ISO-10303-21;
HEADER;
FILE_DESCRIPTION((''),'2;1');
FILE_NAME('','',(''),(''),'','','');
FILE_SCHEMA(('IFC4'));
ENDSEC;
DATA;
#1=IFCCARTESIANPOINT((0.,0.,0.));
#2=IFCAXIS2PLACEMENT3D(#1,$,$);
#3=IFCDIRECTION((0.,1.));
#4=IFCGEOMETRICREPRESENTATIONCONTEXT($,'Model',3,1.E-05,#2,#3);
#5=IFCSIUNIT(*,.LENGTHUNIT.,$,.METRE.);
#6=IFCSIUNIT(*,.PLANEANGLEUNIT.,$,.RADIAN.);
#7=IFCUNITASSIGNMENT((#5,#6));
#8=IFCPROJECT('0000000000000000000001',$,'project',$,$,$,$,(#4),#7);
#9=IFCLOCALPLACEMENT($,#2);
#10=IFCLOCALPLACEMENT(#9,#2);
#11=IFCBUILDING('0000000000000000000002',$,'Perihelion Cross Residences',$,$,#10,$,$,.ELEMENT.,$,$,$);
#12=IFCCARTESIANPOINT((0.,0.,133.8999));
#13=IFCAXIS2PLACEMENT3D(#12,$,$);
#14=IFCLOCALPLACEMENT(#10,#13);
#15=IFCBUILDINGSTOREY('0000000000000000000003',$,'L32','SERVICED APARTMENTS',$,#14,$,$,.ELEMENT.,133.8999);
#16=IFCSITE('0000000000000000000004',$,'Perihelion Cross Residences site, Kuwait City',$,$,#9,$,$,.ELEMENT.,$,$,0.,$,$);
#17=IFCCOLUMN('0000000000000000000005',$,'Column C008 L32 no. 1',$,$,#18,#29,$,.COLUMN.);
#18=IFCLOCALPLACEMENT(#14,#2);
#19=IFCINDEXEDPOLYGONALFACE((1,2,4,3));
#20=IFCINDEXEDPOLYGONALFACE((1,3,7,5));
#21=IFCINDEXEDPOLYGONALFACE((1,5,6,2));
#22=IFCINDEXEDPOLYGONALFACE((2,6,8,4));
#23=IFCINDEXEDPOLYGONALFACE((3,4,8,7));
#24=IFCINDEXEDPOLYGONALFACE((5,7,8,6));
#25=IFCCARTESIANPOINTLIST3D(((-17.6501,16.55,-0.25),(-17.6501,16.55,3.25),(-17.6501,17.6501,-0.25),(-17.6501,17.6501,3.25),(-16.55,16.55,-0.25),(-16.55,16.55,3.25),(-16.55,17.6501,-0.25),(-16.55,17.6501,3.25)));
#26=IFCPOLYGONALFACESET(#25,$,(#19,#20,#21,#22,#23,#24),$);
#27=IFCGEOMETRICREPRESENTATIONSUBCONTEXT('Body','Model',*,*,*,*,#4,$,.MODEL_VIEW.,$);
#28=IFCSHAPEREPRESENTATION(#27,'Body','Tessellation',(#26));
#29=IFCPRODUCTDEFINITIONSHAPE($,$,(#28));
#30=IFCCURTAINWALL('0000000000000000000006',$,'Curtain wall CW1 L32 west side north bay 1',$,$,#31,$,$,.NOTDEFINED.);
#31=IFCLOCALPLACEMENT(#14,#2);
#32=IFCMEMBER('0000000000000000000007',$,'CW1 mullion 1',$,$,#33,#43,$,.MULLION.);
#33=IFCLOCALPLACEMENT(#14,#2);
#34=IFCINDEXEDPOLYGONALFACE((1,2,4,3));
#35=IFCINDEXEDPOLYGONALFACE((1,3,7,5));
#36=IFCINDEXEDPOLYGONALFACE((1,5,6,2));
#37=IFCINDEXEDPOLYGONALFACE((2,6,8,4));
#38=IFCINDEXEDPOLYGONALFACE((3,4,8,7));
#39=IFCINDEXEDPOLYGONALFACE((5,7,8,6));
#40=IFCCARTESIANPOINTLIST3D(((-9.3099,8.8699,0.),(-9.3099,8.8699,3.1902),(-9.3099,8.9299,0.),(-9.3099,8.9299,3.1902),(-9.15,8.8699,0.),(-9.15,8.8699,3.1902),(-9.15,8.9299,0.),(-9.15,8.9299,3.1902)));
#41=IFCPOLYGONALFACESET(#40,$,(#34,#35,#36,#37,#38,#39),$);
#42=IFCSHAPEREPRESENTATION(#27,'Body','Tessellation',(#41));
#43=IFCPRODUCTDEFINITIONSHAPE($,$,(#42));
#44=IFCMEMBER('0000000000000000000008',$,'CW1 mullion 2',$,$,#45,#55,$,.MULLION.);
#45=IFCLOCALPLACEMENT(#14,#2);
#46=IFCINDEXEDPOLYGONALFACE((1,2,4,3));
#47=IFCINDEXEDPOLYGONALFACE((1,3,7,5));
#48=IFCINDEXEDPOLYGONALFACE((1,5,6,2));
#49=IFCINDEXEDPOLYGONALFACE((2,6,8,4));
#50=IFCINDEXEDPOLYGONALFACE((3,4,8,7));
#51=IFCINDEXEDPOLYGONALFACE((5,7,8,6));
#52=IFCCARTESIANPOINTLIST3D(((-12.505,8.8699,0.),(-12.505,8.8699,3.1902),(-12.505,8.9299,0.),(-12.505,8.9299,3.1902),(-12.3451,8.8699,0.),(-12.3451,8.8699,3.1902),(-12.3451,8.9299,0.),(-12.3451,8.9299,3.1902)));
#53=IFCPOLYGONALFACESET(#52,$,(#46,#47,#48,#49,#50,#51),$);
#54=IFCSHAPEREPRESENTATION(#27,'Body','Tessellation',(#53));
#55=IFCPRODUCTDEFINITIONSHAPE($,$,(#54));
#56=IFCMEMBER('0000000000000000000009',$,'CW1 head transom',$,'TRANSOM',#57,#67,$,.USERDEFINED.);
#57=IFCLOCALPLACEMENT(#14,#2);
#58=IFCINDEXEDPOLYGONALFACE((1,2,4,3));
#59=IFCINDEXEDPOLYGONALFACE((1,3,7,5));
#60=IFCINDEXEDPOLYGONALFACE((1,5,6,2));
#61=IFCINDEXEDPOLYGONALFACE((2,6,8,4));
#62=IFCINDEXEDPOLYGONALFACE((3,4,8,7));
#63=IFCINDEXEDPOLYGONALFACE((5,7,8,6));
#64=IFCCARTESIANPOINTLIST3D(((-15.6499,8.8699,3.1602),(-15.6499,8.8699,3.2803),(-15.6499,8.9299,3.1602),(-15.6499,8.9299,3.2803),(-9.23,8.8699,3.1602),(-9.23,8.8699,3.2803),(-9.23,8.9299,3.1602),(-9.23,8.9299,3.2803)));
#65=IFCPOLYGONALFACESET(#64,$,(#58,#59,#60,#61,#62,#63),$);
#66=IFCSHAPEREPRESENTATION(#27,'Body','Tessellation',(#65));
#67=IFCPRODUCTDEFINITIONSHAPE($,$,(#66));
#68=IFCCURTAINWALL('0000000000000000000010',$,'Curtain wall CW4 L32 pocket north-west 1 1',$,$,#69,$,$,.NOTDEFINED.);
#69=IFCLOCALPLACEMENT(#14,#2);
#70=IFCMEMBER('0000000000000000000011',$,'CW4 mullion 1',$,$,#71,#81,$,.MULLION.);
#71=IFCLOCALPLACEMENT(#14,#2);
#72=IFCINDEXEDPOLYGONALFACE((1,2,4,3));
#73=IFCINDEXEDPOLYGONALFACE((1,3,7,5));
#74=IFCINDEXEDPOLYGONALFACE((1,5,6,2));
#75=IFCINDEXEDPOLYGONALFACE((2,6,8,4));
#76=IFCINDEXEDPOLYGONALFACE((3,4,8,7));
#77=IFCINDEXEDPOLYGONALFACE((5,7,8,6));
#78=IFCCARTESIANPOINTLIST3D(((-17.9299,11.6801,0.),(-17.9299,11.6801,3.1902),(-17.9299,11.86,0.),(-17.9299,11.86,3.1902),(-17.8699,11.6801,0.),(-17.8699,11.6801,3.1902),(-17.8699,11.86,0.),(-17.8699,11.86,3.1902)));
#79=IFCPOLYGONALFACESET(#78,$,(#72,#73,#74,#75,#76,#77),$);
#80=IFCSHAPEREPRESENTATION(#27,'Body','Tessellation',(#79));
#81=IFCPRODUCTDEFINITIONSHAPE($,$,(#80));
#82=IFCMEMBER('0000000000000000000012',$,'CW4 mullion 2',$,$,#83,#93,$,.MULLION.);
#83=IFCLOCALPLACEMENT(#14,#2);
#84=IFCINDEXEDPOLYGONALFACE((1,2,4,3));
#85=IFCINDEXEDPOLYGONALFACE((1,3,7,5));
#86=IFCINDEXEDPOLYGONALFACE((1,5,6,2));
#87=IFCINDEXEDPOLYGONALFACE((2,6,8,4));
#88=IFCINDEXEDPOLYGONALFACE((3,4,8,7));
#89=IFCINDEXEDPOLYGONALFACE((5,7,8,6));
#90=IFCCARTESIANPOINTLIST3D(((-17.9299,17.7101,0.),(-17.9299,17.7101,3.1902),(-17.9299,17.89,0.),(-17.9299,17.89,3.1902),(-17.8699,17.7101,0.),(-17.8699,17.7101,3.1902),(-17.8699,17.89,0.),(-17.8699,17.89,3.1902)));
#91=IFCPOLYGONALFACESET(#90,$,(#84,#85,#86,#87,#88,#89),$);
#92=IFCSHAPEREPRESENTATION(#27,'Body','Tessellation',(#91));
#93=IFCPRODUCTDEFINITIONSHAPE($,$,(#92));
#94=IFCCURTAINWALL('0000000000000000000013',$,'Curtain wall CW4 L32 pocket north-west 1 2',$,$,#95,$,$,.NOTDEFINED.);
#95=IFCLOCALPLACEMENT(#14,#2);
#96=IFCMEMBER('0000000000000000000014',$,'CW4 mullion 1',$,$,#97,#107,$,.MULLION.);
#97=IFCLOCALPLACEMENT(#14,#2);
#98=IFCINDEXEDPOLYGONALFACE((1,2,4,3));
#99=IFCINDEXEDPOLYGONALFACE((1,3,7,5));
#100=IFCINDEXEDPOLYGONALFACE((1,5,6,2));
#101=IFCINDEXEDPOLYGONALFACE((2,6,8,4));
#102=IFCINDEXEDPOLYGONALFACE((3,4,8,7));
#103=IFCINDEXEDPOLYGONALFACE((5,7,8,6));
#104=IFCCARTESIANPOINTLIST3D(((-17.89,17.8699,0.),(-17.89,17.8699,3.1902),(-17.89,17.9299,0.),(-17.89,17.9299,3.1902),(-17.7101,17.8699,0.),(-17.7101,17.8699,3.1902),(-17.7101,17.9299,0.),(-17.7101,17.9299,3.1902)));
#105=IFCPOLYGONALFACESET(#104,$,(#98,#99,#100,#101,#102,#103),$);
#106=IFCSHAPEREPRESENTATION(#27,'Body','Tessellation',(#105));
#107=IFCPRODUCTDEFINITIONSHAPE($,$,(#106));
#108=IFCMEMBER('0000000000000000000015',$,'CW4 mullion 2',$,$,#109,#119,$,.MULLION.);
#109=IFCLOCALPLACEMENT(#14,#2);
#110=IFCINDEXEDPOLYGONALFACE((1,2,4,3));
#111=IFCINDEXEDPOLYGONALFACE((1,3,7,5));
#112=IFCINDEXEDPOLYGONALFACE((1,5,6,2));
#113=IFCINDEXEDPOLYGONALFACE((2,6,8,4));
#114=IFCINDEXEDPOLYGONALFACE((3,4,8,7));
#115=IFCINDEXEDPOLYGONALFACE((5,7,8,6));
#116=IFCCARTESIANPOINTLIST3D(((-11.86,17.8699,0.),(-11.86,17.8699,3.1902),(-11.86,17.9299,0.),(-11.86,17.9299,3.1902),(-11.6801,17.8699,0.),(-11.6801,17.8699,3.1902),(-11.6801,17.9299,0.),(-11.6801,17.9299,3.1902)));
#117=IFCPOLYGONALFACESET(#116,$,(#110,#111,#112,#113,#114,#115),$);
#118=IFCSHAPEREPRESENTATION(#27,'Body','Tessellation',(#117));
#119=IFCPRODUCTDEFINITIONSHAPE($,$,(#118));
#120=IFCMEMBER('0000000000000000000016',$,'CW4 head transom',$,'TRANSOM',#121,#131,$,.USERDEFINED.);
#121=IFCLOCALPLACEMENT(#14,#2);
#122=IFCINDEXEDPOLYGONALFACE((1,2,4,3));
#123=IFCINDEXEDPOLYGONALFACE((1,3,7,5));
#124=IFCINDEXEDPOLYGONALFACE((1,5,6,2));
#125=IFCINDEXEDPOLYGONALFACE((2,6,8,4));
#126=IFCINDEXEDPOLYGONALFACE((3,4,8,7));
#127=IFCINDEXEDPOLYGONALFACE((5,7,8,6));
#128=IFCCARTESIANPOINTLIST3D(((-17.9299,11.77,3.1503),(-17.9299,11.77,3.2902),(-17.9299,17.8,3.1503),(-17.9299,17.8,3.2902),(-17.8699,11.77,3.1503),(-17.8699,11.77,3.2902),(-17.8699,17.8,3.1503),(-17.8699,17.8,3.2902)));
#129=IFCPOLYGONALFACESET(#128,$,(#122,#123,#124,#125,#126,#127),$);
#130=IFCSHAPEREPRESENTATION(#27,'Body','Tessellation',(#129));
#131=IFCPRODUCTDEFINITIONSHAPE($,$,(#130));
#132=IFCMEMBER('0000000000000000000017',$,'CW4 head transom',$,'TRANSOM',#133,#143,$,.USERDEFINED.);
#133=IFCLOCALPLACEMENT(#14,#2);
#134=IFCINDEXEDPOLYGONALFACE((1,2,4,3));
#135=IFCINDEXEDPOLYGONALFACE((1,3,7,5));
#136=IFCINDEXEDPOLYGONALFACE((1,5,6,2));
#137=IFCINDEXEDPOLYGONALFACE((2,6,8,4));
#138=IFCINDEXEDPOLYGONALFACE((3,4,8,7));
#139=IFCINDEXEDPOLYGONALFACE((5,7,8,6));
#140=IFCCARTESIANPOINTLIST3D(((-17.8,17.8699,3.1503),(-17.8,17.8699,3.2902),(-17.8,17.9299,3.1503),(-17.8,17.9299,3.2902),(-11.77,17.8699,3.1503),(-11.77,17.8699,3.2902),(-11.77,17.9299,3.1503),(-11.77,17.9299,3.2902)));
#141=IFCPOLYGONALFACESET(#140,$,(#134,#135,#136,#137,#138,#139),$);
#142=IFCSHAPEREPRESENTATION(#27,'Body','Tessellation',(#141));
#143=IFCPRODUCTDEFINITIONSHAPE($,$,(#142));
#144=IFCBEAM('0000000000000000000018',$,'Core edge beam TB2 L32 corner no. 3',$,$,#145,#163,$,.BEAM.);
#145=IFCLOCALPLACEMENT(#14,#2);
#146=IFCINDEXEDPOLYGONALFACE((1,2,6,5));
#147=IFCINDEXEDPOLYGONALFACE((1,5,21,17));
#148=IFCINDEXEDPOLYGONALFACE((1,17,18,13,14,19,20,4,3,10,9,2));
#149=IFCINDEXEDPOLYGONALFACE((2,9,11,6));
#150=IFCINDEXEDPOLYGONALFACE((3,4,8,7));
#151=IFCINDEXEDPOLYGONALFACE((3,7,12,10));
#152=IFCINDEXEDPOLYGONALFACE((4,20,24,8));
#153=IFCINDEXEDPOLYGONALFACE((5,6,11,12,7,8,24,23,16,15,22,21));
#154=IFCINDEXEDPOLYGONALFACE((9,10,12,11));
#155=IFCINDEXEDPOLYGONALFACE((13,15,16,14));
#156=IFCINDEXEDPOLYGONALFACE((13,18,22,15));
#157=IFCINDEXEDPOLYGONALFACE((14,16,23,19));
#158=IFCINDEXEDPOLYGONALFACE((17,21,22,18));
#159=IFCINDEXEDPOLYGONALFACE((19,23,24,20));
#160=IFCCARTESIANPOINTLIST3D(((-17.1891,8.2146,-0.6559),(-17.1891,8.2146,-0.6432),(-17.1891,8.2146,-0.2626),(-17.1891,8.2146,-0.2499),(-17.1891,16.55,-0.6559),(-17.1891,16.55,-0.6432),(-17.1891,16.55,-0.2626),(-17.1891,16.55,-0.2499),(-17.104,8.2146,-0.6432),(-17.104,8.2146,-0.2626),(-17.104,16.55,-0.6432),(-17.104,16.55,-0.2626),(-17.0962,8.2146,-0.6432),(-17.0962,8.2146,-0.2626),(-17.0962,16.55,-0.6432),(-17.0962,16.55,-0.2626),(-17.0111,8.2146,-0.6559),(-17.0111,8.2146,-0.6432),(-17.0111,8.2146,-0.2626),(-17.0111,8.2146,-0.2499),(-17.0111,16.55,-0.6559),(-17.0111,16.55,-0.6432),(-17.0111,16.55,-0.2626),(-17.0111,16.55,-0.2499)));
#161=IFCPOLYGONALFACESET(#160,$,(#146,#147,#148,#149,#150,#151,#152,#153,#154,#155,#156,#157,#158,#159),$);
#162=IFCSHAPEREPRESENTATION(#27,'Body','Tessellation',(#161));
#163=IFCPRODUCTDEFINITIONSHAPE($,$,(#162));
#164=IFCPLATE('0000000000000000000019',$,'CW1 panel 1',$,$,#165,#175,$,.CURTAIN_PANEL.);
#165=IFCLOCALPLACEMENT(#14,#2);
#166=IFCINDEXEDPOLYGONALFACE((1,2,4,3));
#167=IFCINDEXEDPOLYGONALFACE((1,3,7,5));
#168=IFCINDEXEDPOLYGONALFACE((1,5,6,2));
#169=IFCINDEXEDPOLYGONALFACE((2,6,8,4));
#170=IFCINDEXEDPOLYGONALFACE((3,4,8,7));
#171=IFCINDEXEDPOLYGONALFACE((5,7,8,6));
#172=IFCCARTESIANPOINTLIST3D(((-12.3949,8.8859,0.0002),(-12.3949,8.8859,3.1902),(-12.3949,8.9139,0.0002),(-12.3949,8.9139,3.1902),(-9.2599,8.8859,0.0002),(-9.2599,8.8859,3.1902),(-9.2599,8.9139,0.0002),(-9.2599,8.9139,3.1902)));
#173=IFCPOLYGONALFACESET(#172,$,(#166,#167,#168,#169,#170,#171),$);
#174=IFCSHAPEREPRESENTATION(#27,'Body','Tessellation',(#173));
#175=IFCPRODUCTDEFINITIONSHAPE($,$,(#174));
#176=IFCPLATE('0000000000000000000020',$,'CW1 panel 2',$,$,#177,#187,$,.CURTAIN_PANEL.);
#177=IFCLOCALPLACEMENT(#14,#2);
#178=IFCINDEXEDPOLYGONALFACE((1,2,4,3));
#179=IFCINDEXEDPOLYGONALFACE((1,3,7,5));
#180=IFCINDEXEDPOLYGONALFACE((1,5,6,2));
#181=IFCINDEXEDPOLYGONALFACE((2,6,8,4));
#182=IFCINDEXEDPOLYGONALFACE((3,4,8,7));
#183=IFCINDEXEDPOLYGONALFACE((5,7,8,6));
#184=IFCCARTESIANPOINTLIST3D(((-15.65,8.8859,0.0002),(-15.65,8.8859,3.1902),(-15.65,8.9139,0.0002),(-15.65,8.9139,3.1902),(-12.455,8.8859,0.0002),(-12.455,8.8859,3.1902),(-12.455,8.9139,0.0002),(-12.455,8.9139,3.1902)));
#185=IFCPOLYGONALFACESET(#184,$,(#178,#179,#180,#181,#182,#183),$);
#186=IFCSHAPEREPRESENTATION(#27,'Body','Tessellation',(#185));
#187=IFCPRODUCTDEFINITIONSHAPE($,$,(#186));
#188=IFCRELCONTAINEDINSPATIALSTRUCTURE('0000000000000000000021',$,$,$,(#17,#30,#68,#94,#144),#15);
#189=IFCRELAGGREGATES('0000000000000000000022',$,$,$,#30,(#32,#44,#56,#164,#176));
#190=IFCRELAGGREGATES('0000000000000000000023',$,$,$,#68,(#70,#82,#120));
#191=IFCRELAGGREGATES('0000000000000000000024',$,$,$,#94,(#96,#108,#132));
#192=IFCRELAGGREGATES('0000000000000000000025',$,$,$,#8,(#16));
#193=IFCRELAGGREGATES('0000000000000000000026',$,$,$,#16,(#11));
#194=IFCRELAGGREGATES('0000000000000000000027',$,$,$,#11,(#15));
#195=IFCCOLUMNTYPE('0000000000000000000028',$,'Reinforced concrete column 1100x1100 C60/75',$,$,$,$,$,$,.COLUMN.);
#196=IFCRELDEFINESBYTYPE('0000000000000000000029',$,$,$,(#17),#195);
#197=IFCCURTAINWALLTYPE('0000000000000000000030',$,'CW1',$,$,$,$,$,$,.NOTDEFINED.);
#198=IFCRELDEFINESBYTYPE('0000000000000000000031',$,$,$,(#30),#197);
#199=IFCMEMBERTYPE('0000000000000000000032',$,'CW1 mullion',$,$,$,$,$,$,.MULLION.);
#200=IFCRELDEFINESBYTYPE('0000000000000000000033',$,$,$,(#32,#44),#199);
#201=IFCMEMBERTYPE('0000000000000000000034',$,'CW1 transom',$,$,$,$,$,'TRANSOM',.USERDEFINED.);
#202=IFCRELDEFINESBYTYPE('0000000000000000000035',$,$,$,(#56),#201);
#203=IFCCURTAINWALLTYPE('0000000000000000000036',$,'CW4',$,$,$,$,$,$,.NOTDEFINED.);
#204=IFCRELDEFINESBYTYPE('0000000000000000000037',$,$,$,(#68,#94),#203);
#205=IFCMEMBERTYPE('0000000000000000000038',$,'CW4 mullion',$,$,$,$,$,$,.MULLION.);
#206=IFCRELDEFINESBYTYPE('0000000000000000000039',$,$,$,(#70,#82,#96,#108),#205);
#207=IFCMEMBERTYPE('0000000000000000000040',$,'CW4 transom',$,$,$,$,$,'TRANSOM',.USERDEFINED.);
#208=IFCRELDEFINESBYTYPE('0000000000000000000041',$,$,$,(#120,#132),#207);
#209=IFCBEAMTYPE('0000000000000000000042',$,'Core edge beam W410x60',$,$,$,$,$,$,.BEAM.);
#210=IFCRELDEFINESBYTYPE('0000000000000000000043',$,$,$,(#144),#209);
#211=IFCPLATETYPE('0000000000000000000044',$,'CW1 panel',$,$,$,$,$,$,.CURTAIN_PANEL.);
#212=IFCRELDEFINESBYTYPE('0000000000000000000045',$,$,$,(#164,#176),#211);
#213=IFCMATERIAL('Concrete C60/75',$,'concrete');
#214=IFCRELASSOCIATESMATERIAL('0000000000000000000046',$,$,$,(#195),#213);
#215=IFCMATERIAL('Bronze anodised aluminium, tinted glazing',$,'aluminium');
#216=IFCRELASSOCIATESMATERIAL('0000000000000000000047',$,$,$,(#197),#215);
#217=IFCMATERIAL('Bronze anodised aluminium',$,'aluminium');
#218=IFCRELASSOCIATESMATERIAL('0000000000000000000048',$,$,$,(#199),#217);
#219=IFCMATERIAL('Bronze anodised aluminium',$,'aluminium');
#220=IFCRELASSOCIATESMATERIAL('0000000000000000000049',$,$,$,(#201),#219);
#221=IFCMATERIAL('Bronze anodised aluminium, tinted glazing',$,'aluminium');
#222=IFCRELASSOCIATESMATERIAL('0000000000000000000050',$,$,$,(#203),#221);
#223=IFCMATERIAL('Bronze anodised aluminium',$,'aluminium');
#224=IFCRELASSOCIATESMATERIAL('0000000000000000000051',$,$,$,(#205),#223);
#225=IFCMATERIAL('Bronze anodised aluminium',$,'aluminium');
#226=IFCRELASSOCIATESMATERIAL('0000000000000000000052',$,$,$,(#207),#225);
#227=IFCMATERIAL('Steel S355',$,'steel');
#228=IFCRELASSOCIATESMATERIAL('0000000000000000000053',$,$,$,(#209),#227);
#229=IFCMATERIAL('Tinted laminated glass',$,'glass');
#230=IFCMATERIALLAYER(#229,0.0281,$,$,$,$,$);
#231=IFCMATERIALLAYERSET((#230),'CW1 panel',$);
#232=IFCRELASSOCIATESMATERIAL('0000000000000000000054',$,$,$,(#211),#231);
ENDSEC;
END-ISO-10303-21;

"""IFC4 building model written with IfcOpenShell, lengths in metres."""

from ifc_helpers import new_model, si_unit, direction, frame, origin, origin_2d, place, context, subcontext, project, spatial, rectangle, i_section, extrude, material, layer, layer_set, material_profile, profile_set, type_object, element, aggregate, save


model = new_model("IFC4")

# Units and contexts
model_context = context("Model", 3, precision=1e-05, world=origin(), true_north=direction((0.0, 1.0)))
body_context = subcontext(model_context, "Body", "Model", "MODEL_VIEW")
ifc_project = project(units=[si_unit("LENGTHUNIT", "METRE"), si_unit("PLANEANGLEUNIT", "RADIAN")], contexts=[model_context])

# Site, building, storey
site_placement = place(None, origin())
site = spatial("IfcSite", under=ifc_project, at=site_placement, Name="Perihelion Cross Residences site, Kuwait City", CompositionType="ELEMENT", RefElevation=0.0)
building_placement = place(site_placement, origin())
building = spatial("IfcBuilding", under=site, at=building_placement, Name="Perihelion Cross Residences", CompositionType="ELEMENT")
storey_placement = place(building_placement, frame((0.0, 0.0, 133.8999)))
storey = spatial("IfcBuildingStorey", under=building, at=storey_placement, Name="L32", Description="SERVICED APARTMENTS", CompositionType="ELEMENT", Elevation=133.8999)

# Column
ifc_material_1 = material(Name="Concrete C60/75", Category="concrete")
ifc_material_profile_1 = material_profile(ifc_material_1, rectangle(XDim=1.1001, YDim=1.1001, at=origin_2d()), Name="RC 1100x1100")
ifc_profile_set_1 = profile_set([ifc_material_profile_1], Name="Concrete C60/75")
column_type = type_object("IfcColumnType", Name="Reinforced concrete column 1100x1100 C60/75", PredefinedType="COLUMN", material=ifc_profile_set_1)
column_placement = place(storey_placement, frame((-17.1001, 17.1001, -0.25), z_axis=(0.0, 0.0, 1.0), x_axis=(1.0, 0.0, 0.0)))
element("IfcColumn", 1, at=column_placement, inside=storey, type_object=column_type, Name="Column C008 L32 no. 1", PredefinedType="COLUMN", context=body_context, shape_type="SweptSolid", body=[
    extrude(rectangle(XDim=1.1001, YDim=1.1001, at=origin_2d()), origin(), (0.0, 0.0, 1.0), 3.5),
])

# Curtain walls, members
ifc_material_2 = material(Name="Bronze anodised aluminium, tinted glazing", Category="aluminium")
curtain_wall_type_1 = type_object("IfcCurtainWallType", Name="CW1", PredefinedType="NOTDEFINED", material=ifc_material_2)
curtain_wall_1_placement = place(storey_placement, origin())
curtain_wall_1 = element("IfcCurtainWall", 2, at=curtain_wall_1_placement, inside=storey, type_object=curtain_wall_type_1, Name="Curtain wall CW1 L32 west side north bay 1", PredefinedType="NOTDEFINED")
ifc_material_3 = material(Name="Bronze anodised aluminium", Category="aluminium")
ifc_material_profile_2 = material_profile(ifc_material_3, rectangle(XDim=0.0601, YDim=0.1599, at=origin_2d()), Name="CW1 mullion")
ifc_profile_set_2 = profile_set([ifc_material_profile_2], Name="Bronze anodised aluminium")
member_type_1 = type_object("IfcMemberType", Name="CW1 mullion", PredefinedType="MULLION", material=ifc_profile_set_2)
member_1_placement = place(storey_placement, frame((-9.23, 8.8999, 0.0), z_axis=(0.0, 0.0, 1.0), x_axis=(0.0, -1.0, 0.0)))
member_1 = element("IfcMember", 3, at=member_1_placement, type_object=member_type_1, Name="CW1 mullion 1", PredefinedType="MULLION", context=body_context, shape_type="SweptSolid", body=[
    extrude(rectangle(XDim=0.0601, YDim=0.1599, at=origin_2d()), origin(), (0.0, 0.0, 1.0), 3.1902),
])
member_2_placement = place(storey_placement, frame((-12.425, 8.8999, 0.0), z_axis=(0.0, 0.0, 1.0), x_axis=(0.0, -1.0, 0.0)))
member_2 = element("IfcMember", 4, at=member_2_placement, type_object=member_type_1, Name="CW1 mullion 2", PredefinedType="MULLION", context=body_context, shape_type="SweptSolid", body=[
    extrude(rectangle(XDim=0.0601, YDim=0.1599, at=origin_2d()), origin(), (0.0, 0.0, 1.0), 3.1902),
])
ifc_material_4 = material(Name="Bronze anodised aluminium", Category="aluminium")
ifc_material_profile_3 = material_profile(ifc_material_4, rectangle(XDim=0.0601, YDim=0.1201, at=origin_2d()), Name="CW1 transom")
ifc_profile_set_3 = profile_set([ifc_material_profile_3], Name="Bronze anodised aluminium")
member_type_2 = type_object("IfcMemberType", Name="CW1 transom", ElementType="TRANSOM", PredefinedType="USERDEFINED", material=ifc_profile_set_3)
member_3_placement = place(storey_placement, frame((-9.23, 8.8999, 3.2202), z_axis=(-1.0, 0.0, 0.0), x_axis=(0.0, -1.0, 0.0)))
member_3 = element("IfcMember", 5, at=member_3_placement, type_object=member_type_2, Name="CW1 head transom", ObjectType="TRANSOM", PredefinedType="USERDEFINED", context=body_context, shape_type="SweptSolid", body=[
    extrude(rectangle(XDim=0.0601, YDim=0.1201, at=origin_2d()), origin(), (0.0, 0.0, 1.0), 6.4199),
])
ifc_material_5 = material(Name="Bronze anodised aluminium, tinted glazing", Category="aluminium")
curtain_wall_type_2 = type_object("IfcCurtainWallType", Name="CW4", PredefinedType="NOTDEFINED", material=ifc_material_5)
curtain_wall_2_placement = place(storey_placement, origin())
curtain_wall_2 = element("IfcCurtainWall", 6, at=curtain_wall_2_placement, inside=storey, type_object=curtain_wall_type_2, Name="Curtain wall CW4 L32 pocket north-west 1 1", PredefinedType="NOTDEFINED")
ifc_material_6 = material(Name="Bronze anodised aluminium", Category="aluminium")
ifc_material_profile_4 = material_profile(ifc_material_6, rectangle(XDim=0.0601, YDim=0.1799, at=origin_2d()), Name="CW4 mullion")
ifc_profile_set_4 = profile_set([ifc_material_profile_4], Name="Bronze anodised aluminium")
member_type_3 = type_object("IfcMemberType", Name="CW4 mullion", PredefinedType="MULLION", material=ifc_profile_set_4)
member_4_placement = place(storey_placement, frame((-17.8999, 11.77, 0.0), z_axis=(0.0, 0.0, 1.0), x_axis=(-1.0, 0.0, 0.0)))
member_4 = element("IfcMember", 7, at=member_4_placement, type_object=member_type_3, Name="CW4 mullion 1", PredefinedType="MULLION", context=body_context, shape_type="SweptSolid", body=[
    extrude(rectangle(XDim=0.0601, YDim=0.1799, at=origin_2d()), origin(), (0.0, 0.0, 1.0), 3.1902),
])
member_5_placement = place(storey_placement, frame((-17.8999, 17.8, 0.0), z_axis=(0.0, 0.0, 1.0), x_axis=(-1.0, 0.0, 0.0)))
member_5 = element("IfcMember", 8, at=member_5_placement, type_object=member_type_3, Name="CW4 mullion 2", PredefinedType="MULLION", context=body_context, shape_type="SweptSolid", body=[
    extrude(rectangle(XDim=0.0601, YDim=0.1799, at=origin_2d()), origin(), (0.0, 0.0, 1.0), 3.1902),
])
curtain_wall_3_placement = place(storey_placement, origin())
curtain_wall_3 = element("IfcCurtainWall", 9, at=curtain_wall_3_placement, inside=storey, type_object=curtain_wall_type_2, Name="Curtain wall CW4 L32 pocket north-west 1 2", PredefinedType="NOTDEFINED")
member_6_placement = place(storey_placement, frame((-17.8, 17.8999, 0.0), z_axis=(0.0, 0.0, 1.0), x_axis=(0.0, 1.0, 0.0)))
member_6 = element("IfcMember", 10, at=member_6_placement, type_object=member_type_3, Name="CW4 mullion 1", PredefinedType="MULLION", context=body_context, shape_type="SweptSolid", body=[
    extrude(rectangle(XDim=0.0601, YDim=0.1799, at=origin_2d()), origin(), (0.0, 0.0, 1.0), 3.1902),
])
member_7_placement = place(storey_placement, frame((-11.77, 17.8999, 0.0), z_axis=(0.0, 0.0, 1.0), x_axis=(0.0, 1.0, 0.0)))
member_7 = element("IfcMember", 11, at=member_7_placement, type_object=member_type_3, Name="CW4 mullion 2", PredefinedType="MULLION", context=body_context, shape_type="SweptSolid", body=[
    extrude(rectangle(XDim=0.0601, YDim=0.1799, at=origin_2d()), origin(), (0.0, 0.0, 1.0), 3.1902),
])

# Members
ifc_material_7 = material(Name="Bronze anodised aluminium", Category="aluminium")
ifc_material_profile_5 = material_profile(ifc_material_7, rectangle(XDim=0.0601, YDim=0.1399, at=origin_2d()), Name="CW4 transom")
ifc_profile_set_5 = profile_set([ifc_material_profile_5], Name="Bronze anodised aluminium")
member_type_4 = type_object("IfcMemberType", Name="CW4 transom", ElementType="TRANSOM", PredefinedType="USERDEFINED", material=ifc_profile_set_5)
member_8_placement = place(storey_placement, frame((-17.8999, 11.77, 3.2202), z_axis=(0.0, 1.0, 0.0), x_axis=(-1.0, 0.0, 0.0)))
member_8 = element("IfcMember", 12, at=member_8_placement, type_object=member_type_4, Name="CW4 head transom", ObjectType="TRANSOM", PredefinedType="USERDEFINED", context=body_context, shape_type="SweptSolid", body=[
    extrude(rectangle(XDim=0.0601, YDim=0.1399, at=origin_2d()), origin(), (0.0, 0.0, 1.0), 6.03),
])
member_9_placement = place(storey_placement, frame((-17.8, 17.8999, 3.2202), z_axis=(1.0, 0.0, 0.0), x_axis=(0.0, 1.0, 0.0)))
member_9 = element("IfcMember", 13, at=member_9_placement, type_object=member_type_4, Name="CW4 head transom", ObjectType="TRANSOM", PredefinedType="USERDEFINED", context=body_context, shape_type="SweptSolid", body=[
    extrude(rectangle(XDim=0.0601, YDim=0.1399, at=origin_2d()), origin(), (0.0, 0.0, 1.0), 6.03),
])

# Beam
ifc_material_8 = material(Name="Steel S355", Category="steel")
ifc_material_profile_6 = material_profile(ifc_material_8, i_section(OverallWidth=0.178, OverallDepth=0.406, WebThickness=0.0078, FlangeThickness=0.0127, at=origin_2d()), Name="W410x60")
ifc_profile_set_6 = profile_set([ifc_material_profile_6], Name="Steel S355")
beam_type = type_object("IfcBeamType", Name="Core edge beam W410x60", PredefinedType="BEAM", material=ifc_profile_set_6)
beam_placement = place(storey_placement, frame((-17.1001, 8.2146, -0.4529), z_axis=(0.0, 1.0, 0.0), x_axis=(-1.0, 0.0, 0.0)))
element("IfcBeam", 14, at=beam_placement, inside=storey, type_object=beam_type, Name="Core edge beam TB2 L32 corner no. 3", PredefinedType="BEAM", context=body_context, shape_type="SweptSolid", body=[
    extrude(i_section(OverallWidth=0.178, OverallDepth=0.406, WebThickness=0.0078, FlangeThickness=0.0127, at=origin_2d()), origin(), (0.0, 0.0, 1.0), 8.3354),
])

# Plates
ifc_material_9 = material(Name="Tinted laminated glass", Category="glass")
ifc_layer_1 = layer(ifc_material_9, 0.0281)
ifc_layer_set_1 = layer_set([ifc_layer_1], Name="CW1 panel")
plate_type_1 = type_object("IfcPlateType", Name="CW1 panel", PredefinedType="CURTAIN_PANEL", material=ifc_layer_set_1)
plate_1_placement = place(storey_placement, frame((-10.8274, 8.8999, 0.0002), z_axis=(0.0, 0.0, 1.0), x_axis=(-1.0, 0.0, 0.0)))
plate_1 = element("IfcPlate", 15, at=plate_1_placement, type_object=plate_type_1, Name="CW1 panel 1", PredefinedType="CURTAIN_PANEL", context=body_context, shape_type="SweptSolid", body=[
    extrude(rectangle(XDim=3.135, YDim=0.0281, at=origin_2d()), origin(), (0.0, 0.0, 1.0), 3.1899),
])
plate_2_placement = place(storey_placement, frame((-14.0525, 8.8999, 0.0002), z_axis=(0.0, 0.0, 1.0), x_axis=(-1.0, 0.0, 0.0)))
plate_2 = element("IfcPlate", 16, at=plate_2_placement, type_object=plate_type_1, Name="CW1 panel 2", PredefinedType="CURTAIN_PANEL", context=body_context, shape_type="SweptSolid", body=[
    extrude(rectangle(XDim=3.1951, YDim=0.0281, at=origin_2d()), origin(), (0.0, 0.0, 1.0), 3.1899),
])
aggregate(curtain_wall_1, [member_1, member_2, member_3, plate_1, plate_2])
aggregate(curtain_wall_2, [member_4, member_5, member_8])
aggregate(curtain_wall_3, [member_6, member_7, member_9])

save(model, "model.ifc")
